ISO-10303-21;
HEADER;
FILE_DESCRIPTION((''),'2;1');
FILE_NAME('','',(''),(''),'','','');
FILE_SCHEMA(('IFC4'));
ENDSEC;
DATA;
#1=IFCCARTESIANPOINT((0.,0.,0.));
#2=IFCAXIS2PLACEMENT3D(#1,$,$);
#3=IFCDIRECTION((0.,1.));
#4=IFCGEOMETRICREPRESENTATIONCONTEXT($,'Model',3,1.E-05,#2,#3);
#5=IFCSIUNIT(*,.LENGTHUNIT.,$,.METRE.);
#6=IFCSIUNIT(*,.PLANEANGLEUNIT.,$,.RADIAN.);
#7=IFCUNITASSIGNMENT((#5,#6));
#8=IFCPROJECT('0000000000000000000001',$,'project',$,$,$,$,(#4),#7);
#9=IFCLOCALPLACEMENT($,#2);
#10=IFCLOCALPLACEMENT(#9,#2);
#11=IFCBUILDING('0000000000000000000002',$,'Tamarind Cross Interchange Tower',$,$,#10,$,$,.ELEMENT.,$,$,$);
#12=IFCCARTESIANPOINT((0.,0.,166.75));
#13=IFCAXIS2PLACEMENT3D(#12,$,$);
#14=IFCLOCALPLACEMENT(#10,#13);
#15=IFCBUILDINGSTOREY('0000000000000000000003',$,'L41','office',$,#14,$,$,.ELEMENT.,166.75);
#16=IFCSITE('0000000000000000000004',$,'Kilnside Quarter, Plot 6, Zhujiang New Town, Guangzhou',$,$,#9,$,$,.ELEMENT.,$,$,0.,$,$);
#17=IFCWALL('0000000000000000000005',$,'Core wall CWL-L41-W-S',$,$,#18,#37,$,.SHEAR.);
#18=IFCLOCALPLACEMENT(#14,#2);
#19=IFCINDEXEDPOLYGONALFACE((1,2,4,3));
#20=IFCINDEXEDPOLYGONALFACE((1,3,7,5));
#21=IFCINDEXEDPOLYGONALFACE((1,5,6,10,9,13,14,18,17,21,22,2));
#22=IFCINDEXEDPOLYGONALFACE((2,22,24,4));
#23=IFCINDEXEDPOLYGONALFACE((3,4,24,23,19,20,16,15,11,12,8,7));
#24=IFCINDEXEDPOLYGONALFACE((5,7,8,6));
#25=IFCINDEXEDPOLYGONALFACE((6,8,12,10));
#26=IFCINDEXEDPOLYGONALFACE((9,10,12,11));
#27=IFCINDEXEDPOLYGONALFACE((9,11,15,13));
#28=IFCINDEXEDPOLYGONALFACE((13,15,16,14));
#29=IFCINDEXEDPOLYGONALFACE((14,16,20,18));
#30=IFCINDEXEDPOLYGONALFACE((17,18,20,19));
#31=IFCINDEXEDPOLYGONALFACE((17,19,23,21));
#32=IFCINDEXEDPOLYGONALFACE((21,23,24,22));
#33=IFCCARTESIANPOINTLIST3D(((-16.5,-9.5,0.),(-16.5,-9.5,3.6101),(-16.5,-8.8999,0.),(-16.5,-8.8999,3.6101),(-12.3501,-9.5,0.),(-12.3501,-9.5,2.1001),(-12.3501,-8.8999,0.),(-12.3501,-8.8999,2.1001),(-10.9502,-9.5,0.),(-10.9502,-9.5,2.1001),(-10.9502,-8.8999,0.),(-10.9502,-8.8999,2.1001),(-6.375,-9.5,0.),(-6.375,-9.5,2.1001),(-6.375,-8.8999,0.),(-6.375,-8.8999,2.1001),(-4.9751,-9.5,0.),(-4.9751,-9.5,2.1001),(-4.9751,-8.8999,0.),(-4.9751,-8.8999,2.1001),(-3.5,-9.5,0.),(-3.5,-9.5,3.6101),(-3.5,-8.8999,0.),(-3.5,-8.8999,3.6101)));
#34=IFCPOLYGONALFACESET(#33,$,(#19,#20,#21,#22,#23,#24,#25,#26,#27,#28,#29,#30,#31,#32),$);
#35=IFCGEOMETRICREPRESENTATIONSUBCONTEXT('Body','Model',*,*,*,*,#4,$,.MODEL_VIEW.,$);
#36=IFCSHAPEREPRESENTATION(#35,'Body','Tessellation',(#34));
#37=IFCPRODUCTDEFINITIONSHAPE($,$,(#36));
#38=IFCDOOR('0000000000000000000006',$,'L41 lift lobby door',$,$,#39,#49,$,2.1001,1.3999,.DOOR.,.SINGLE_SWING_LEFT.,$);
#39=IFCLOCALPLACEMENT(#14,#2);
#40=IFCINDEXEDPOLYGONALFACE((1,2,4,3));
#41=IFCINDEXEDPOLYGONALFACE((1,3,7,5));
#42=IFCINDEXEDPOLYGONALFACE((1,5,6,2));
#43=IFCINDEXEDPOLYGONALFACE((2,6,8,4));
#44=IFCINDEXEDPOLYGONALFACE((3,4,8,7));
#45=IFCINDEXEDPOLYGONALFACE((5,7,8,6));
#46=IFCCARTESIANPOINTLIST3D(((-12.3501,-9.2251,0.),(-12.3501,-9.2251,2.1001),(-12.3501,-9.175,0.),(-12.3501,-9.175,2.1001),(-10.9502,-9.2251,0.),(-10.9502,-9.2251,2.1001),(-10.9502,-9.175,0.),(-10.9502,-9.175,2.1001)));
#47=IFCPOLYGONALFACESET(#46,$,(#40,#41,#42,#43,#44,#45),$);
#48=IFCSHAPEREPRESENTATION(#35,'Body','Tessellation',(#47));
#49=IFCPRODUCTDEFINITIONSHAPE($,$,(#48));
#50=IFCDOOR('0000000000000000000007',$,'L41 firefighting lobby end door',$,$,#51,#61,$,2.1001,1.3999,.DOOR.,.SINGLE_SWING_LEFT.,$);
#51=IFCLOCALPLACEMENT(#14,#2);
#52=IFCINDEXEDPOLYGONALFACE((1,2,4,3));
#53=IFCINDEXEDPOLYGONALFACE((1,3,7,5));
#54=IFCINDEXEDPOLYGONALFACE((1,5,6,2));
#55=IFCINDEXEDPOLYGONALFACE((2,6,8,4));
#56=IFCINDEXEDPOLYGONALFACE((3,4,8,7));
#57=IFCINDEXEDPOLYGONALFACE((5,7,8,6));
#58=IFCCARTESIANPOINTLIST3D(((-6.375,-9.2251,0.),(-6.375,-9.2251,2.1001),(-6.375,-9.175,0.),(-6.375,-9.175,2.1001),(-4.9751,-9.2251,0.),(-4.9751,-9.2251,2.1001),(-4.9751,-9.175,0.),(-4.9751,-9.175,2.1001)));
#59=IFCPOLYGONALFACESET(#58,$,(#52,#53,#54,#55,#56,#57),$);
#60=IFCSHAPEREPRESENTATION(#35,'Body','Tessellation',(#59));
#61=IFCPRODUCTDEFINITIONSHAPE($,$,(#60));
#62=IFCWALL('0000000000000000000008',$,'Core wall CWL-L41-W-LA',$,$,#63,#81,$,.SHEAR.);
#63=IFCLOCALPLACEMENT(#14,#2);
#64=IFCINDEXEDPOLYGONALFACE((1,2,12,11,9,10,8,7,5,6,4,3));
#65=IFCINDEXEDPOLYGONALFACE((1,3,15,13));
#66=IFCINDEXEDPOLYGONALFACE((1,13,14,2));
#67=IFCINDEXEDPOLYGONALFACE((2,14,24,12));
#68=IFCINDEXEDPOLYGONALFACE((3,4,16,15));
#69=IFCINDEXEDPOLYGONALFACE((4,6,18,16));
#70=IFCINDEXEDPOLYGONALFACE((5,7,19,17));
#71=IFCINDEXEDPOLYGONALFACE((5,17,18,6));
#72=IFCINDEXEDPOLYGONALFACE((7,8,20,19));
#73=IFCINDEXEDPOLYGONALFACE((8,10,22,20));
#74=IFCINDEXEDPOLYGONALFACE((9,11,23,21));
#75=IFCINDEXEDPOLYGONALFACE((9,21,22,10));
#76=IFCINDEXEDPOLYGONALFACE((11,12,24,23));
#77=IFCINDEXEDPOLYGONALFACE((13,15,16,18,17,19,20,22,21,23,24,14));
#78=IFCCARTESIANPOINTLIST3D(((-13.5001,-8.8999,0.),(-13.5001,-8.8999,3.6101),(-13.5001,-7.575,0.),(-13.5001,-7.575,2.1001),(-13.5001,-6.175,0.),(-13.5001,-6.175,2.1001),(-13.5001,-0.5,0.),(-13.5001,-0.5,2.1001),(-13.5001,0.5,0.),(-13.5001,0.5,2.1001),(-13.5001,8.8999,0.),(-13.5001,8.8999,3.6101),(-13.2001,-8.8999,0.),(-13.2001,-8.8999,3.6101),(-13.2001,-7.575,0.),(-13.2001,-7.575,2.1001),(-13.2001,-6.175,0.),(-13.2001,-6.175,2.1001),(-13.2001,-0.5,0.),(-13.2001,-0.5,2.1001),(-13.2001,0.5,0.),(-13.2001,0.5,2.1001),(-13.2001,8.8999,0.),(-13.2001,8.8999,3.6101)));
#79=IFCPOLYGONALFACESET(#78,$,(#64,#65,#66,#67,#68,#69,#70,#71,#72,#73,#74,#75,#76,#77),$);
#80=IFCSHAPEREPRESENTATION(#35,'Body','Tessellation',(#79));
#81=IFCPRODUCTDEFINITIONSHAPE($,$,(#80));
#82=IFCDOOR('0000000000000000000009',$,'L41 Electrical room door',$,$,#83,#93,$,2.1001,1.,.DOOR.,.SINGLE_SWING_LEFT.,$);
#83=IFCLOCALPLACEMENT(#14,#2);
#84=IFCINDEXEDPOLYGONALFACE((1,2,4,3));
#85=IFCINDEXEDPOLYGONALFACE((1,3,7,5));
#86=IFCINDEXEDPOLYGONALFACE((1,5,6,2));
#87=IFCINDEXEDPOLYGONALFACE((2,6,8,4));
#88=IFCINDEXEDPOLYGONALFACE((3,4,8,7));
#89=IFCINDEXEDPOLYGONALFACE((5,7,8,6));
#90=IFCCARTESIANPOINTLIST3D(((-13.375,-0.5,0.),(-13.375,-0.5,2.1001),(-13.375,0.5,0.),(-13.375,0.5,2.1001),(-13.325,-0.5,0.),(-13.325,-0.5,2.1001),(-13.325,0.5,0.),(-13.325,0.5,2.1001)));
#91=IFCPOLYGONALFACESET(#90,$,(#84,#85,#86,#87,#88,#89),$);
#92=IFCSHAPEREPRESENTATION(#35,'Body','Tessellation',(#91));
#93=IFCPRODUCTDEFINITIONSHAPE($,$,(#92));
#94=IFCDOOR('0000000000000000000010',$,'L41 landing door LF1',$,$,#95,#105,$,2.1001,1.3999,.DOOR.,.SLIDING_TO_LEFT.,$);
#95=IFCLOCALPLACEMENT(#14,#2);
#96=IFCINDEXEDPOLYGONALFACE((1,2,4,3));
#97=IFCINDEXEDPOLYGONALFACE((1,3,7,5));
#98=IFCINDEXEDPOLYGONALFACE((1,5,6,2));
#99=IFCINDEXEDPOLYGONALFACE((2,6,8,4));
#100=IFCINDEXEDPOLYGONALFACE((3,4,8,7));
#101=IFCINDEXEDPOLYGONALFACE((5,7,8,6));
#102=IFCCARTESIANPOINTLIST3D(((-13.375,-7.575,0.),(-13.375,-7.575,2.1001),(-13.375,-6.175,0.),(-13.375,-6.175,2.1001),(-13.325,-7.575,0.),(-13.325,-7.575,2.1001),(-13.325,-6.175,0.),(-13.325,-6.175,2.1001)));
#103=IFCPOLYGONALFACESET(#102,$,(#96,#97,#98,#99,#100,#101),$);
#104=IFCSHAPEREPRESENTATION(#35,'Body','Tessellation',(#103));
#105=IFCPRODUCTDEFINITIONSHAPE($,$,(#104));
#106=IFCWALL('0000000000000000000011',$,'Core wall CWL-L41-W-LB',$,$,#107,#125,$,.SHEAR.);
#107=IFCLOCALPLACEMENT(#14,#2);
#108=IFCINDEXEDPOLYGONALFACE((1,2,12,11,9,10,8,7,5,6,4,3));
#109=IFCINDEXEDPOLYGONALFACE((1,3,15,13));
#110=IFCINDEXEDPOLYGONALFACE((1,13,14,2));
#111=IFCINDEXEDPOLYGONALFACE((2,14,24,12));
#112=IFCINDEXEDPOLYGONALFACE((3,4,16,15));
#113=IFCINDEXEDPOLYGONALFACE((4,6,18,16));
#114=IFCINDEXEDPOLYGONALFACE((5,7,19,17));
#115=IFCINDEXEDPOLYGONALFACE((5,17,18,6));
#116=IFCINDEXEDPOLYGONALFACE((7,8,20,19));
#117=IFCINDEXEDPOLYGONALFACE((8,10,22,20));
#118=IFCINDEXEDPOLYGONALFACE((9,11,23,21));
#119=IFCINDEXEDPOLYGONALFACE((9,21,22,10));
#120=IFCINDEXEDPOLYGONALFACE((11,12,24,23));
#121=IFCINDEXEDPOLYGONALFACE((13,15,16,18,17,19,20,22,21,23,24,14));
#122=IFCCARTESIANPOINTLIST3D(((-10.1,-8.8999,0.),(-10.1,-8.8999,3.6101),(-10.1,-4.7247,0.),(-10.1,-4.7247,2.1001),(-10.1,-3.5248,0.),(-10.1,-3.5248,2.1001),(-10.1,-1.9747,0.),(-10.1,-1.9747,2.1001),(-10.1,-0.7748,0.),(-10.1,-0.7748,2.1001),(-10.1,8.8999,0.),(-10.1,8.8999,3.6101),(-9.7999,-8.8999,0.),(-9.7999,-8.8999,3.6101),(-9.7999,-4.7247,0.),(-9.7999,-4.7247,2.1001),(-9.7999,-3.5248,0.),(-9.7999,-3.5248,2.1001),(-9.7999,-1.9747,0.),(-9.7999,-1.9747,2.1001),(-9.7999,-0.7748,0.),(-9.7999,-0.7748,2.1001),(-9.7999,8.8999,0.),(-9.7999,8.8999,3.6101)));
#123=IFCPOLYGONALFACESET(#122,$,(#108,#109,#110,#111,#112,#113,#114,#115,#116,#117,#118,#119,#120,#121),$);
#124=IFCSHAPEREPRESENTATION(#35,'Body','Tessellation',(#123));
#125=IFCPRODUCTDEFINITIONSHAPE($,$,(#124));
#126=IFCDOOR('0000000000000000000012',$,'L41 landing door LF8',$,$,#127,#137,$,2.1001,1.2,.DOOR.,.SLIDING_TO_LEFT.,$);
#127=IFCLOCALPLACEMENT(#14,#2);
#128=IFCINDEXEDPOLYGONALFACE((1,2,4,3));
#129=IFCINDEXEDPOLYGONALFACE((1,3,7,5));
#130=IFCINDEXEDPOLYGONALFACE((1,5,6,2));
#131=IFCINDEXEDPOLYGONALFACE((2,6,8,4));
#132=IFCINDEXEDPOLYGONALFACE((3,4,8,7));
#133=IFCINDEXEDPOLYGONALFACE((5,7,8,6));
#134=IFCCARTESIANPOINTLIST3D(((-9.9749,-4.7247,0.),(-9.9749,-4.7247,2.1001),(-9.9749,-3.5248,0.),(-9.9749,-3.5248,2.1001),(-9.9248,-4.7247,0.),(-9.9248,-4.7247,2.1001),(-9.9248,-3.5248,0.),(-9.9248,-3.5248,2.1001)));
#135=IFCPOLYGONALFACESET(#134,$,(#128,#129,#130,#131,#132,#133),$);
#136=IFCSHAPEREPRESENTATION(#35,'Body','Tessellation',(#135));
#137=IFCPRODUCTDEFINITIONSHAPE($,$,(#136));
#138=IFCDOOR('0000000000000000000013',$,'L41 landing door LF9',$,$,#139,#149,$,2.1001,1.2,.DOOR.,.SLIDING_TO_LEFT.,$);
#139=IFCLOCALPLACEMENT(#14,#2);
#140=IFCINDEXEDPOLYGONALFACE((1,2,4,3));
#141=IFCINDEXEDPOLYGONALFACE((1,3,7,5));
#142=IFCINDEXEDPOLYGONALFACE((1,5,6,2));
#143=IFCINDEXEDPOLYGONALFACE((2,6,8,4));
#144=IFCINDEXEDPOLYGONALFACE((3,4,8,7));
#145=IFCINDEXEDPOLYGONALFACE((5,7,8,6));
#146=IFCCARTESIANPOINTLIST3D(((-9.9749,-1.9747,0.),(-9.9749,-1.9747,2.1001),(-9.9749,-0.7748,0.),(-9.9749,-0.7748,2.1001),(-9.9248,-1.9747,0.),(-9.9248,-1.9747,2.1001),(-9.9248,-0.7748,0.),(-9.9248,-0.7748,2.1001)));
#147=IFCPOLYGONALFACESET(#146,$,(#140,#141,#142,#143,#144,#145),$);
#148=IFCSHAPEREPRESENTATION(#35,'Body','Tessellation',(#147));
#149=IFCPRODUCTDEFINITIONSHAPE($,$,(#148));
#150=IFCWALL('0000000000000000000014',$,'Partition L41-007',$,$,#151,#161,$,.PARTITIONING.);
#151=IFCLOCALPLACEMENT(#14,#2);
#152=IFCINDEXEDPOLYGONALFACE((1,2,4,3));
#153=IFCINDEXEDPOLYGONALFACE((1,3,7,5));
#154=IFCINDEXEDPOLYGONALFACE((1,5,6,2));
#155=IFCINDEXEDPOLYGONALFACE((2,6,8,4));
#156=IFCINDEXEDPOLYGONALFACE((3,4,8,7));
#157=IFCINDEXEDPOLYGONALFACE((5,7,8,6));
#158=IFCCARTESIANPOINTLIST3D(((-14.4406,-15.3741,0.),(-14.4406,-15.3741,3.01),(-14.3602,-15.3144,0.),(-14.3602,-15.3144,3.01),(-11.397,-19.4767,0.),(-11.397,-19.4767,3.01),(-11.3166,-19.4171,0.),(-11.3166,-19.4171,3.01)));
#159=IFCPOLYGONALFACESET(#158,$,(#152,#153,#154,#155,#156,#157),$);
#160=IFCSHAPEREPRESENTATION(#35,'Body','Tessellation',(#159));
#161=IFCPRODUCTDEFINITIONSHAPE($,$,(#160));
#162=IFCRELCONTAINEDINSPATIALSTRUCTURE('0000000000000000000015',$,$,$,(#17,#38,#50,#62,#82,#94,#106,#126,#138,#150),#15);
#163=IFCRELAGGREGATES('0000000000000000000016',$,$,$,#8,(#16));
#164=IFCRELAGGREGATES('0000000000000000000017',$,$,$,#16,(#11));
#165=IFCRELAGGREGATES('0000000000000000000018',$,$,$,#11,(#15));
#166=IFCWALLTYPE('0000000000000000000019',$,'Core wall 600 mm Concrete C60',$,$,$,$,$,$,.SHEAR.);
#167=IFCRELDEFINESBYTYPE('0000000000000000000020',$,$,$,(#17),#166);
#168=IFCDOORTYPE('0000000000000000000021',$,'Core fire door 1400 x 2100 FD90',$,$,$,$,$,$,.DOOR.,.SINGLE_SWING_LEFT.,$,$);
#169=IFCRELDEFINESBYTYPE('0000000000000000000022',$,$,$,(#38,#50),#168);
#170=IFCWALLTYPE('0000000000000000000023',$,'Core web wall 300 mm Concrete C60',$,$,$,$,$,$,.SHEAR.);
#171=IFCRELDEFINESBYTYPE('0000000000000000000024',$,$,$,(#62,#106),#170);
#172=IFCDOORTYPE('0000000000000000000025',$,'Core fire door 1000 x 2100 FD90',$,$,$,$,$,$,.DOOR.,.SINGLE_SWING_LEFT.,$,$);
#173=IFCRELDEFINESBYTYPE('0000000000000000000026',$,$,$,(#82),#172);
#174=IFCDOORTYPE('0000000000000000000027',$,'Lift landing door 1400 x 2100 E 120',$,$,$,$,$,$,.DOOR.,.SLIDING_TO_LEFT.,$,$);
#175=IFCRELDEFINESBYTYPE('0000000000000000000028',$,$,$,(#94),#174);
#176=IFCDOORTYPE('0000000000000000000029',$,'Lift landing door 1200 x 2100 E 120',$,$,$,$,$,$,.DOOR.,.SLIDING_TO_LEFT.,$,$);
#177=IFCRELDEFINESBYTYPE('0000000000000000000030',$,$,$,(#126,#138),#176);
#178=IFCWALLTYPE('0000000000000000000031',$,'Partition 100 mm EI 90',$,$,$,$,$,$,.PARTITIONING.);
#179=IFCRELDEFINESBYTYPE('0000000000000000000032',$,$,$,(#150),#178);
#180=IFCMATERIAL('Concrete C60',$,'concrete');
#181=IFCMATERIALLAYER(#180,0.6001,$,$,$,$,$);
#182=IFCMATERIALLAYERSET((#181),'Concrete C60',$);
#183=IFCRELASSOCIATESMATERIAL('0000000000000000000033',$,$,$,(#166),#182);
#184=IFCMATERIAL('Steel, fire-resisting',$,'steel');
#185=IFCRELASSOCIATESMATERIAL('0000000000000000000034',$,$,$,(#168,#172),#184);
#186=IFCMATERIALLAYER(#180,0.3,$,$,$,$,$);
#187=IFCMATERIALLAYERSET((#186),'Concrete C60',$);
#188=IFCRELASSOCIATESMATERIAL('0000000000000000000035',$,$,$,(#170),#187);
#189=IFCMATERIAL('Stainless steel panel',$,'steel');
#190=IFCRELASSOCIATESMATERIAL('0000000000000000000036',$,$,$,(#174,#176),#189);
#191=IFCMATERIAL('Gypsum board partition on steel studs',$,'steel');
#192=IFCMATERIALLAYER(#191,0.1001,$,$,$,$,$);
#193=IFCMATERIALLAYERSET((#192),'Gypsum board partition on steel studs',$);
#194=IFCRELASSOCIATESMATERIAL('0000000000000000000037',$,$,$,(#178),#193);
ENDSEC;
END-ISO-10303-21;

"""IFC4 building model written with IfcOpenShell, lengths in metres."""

from ifc_helpers import new_model, si_unit, direction, frame, frame_2d, origin, place, context, subcontext, project, spatial, rectangle, extrude, material, layer, layer_set, type_object, element, fill, save


model = new_model("IFC4")

# Units and contexts
model_context = context("Model", 3, precision=1e-05, world=origin(), true_north=direction((0.0, 1.0)))
body_context = subcontext(model_context, "Body", "Model", "MODEL_VIEW")
ifc_project = project(units=[si_unit("LENGTHUNIT", "METRE"), si_unit("PLANEANGLEUNIT", "RADIAN")], contexts=[model_context])

# Site, building, storey
site_placement = place(None, origin())
site = spatial("IfcSite", under=ifc_project, at=site_placement, Name="Kilnside Quarter, Plot 6, Zhujiang New Town, Guangzhou", CompositionType="ELEMENT", RefElevation=0.0)
building_placement = place(site_placement, origin())
building = spatial("IfcBuilding", under=site, at=building_placement, Name="Tamarind Cross Interchange Tower", CompositionType="ELEMENT")
storey_placement = place(building_placement, frame((0.0, 0.0, 166.75)))
storey = spatial("IfcBuildingStorey", under=building, at=storey_placement, Name="L41", Description="office", CompositionType="ELEMENT", Elevation=166.75)

# Shared definitions
ifc_material_1 = material(Name="Concrete C60", Category="concrete")

# Walls, openings, doors
ifc_layer_1 = layer(ifc_material_1, 0.6001)
ifc_layer_set_1 = layer_set([ifc_layer_1], Name="Concrete C60")
wall_type_1 = type_object("IfcWallType", Name="Core wall 600 mm Concrete C60", PredefinedType="SHEAR", material=ifc_layer_set_1)
wall_1_placement = place(storey_placement, frame((-16.5, -9.2, 0.0), z_axis=(0.0, 0.0, 1.0), x_axis=(1.0, 0.0, 0.0)))
wall_1 = element("IfcWall", 1, at=wall_1_placement, inside=storey, type_object=wall_type_1, Name="Core wall CWL-L41-W-S", PredefinedType="SHEAR", context=body_context, shape_type="SweptSolid", body=[
    extrude(rectangle(XDim=13.0, YDim=0.6001, at=frame_2d((6.5, 0.0))), origin(), (0.0, 0.0, 1.0), 3.6101),
])
opening_1_placement = place(wall_1_placement, frame((4.1499, 0.0, 0.0)))
opening_1 = element("IfcOpeningElement", 2, at=opening_1_placement, cuts=wall_1, PredefinedType="OPENING", context=body_context, shape_type="SweptSolid", body=[
    extrude(rectangle(XDim=1.3999, YDim=2.1001, at=frame_2d((0.7, 1.05))), frame((0.0, 0.3101, 0.0), z_axis=(0.0, -1.0, 0.0), x_axis=(1.0, 0.0, 0.0)), (0.0, 0.0, 1.0), 0.6201),
])
opening_2_placement = place(wall_1_placement, frame((10.125, 0.0, 0.0)))
opening_2 = element("IfcOpeningElement", 3, at=opening_2_placement, cuts=wall_1, PredefinedType="OPENING", context=body_context, shape_type="SweptSolid", body=[
    extrude(rectangle(XDim=1.3999, YDim=2.1001, at=frame_2d((0.7, 1.05))), frame((0.0, 0.3101, 0.0), z_axis=(0.0, -1.0, 0.0), x_axis=(1.0, 0.0, 0.0)), (0.0, 0.0, 1.0), 0.6201),
])
ifc_material_2 = material(Name="Steel, fire-resisting", Category="steel")
door_type_1 = type_object("IfcDoorType", Name="Core fire door 1400 x 2100 FD90", OperationType="SINGLE_SWING_LEFT", PredefinedType="DOOR", material=ifc_material_2)
door_1_placement = place(opening_1_placement, origin())
door_1 = element("IfcDoor", 4, at=door_1_placement, inside=storey, type_object=door_type_1, Name="L41 lift lobby door", OperationType="SINGLE_SWING_LEFT", OverallHeight=2.1001, OverallWidth=1.3999, PredefinedType="DOOR", context=body_context, shape_type="SweptSolid", body=[
    extrude(rectangle(XDim=1.3999, YDim=2.1001, at=frame_2d((0.7, 1.05))), frame((0.0, 0.0249, 0.0), z_axis=(0.0, -1.0, 0.0), x_axis=(1.0, 0.0, 0.0)), (0.0, 0.0, 1.0), 0.05),
])
fill(opening_1, door_1)
door_2_placement = place(opening_2_placement, origin())
door_2 = element("IfcDoor", 5, at=door_2_placement, inside=storey, type_object=door_type_1, Name="L41 firefighting lobby end door", OperationType="SINGLE_SWING_LEFT", OverallHeight=2.1001, OverallWidth=1.3999, PredefinedType="DOOR", context=body_context, shape_type="SweptSolid", body=[
    extrude(rectangle(XDim=1.3999, YDim=2.1001, at=frame_2d((0.7, 1.05))), frame((0.0, 0.0249, 0.0), z_axis=(0.0, -1.0, 0.0), x_axis=(1.0, 0.0, 0.0)), (0.0, 0.0, 1.0), 0.05),
])
fill(opening_2, door_2)
ifc_layer_2 = layer(ifc_material_1, 0.3)
ifc_layer_set_2 = layer_set([ifc_layer_2], Name="Concrete C60")
wall_type_2 = type_object("IfcWallType", Name="Core web wall 300 mm Concrete C60", PredefinedType="SHEAR", material=ifc_layer_set_2)
wall_2_placement = place(storey_placement, frame((-13.3501, -8.8999, 0.0), z_axis=(0.0, 0.0, 1.0), x_axis=(0.0, 1.0, 0.0)))
wall_2 = element("IfcWall", 6, at=wall_2_placement, inside=storey, type_object=wall_type_2, Name="Core wall CWL-L41-W-LA", PredefinedType="SHEAR", context=body_context, shape_type="SweptSolid", body=[
    extrude(rectangle(XDim=17.7998, YDim=0.3, at=frame_2d((8.8999, 0.0))), origin(), (0.0, 0.0, 1.0), 3.6101),
])
opening_3_placement = place(wall_2_placement, frame((1.325, 0.0, 0.0)))
opening_3 = element("IfcOpeningElement", 7, at=opening_3_placement, cuts=wall_2, PredefinedType="OPENING", context=body_context, shape_type="SweptSolid", body=[
    extrude(rectangle(XDim=1.3999, YDim=2.1001, at=frame_2d((0.7, 1.05))), frame((0.0, 0.1599, 0.0), z_axis=(0.0, -1.0, 0.0), x_axis=(1.0, 0.0, 0.0)), (0.0, 0.0, 1.0), 0.3201),
])
opening_4_placement = place(wall_2_placement, frame((8.3999, 0.0, 0.0)))
opening_4 = element("IfcOpeningElement", 8, at=opening_4_placement, cuts=wall_2, PredefinedType="OPENING", context=body_context, shape_type="SweptSolid", body=[
    extrude(rectangle(XDim=1.0, YDim=2.1001, at=frame_2d((0.5, 1.05))), frame((0.0, 0.1599, 0.0), z_axis=(0.0, -1.0, 0.0), x_axis=(1.0, 0.0, 0.0)), (0.0, 0.0, 1.0), 0.3201),
])
door_type_2 = type_object("IfcDoorType", Name="Core fire door 1000 x 2100 FD90", OperationType="SINGLE_SWING_LEFT", PredefinedType="DOOR", material=ifc_material_2)
door_3_placement = place(opening_4_placement, origin())
door_3 = element("IfcDoor", 9, at=door_3_placement, inside=storey, type_object=door_type_2, Name="L41 Electrical room door", OperationType="SINGLE_SWING_LEFT", OverallHeight=2.1001, OverallWidth=1.0, PredefinedType="DOOR", context=body_context, shape_type="SweptSolid", body=[
    extrude(rectangle(XDim=1.0, YDim=2.1001, at=frame_2d((0.5, 1.05))), frame((0.0, 0.0249, 0.0), z_axis=(0.0, -1.0, 0.0), x_axis=(1.0, 0.0, 0.0)), (0.0, 0.0, 1.0), 0.05),
])
fill(opening_4, door_3)
ifc_material_3 = material(Name="Stainless steel panel", Category="steel")
door_type_3 = type_object("IfcDoorType", Name="Lift landing door 1400 x 2100 E 120", OperationType="SLIDING_TO_LEFT", PredefinedType="DOOR", material=ifc_material_3)
door_4_placement = place(opening_3_placement, origin())
door_4 = element("IfcDoor", 10, at=door_4_placement, inside=storey, type_object=door_type_3, Name="L41 landing door LF1", OperationType="SLIDING_TO_LEFT", OverallHeight=2.1001, OverallWidth=1.3999, PredefinedType="DOOR", context=body_context, shape_type="SweptSolid", body=[
    extrude(rectangle(XDim=1.3999, YDim=2.1001, at=frame_2d((0.7, 1.05))), frame((0.0, 0.0249, 0.0), z_axis=(0.0, -1.0, 0.0), x_axis=(1.0, 0.0, 0.0)), (0.0, 0.0, 1.0), 0.05),
])
fill(opening_3, door_4)
wall_3_placement = place(storey_placement, frame((-9.95, -8.8999, 0.0), z_axis=(0.0, 0.0, 1.0), x_axis=(0.0, 1.0, 0.0)))
wall_3 = element("IfcWall", 11, at=wall_3_placement, inside=storey, type_object=wall_type_2, Name="Core wall CWL-L41-W-LB", PredefinedType="SHEAR", context=body_context, shape_type="SweptSolid", body=[
    extrude(rectangle(XDim=17.7998, YDim=0.3, at=frame_2d((8.8999, 0.0))), origin(), (0.0, 0.0, 1.0), 3.6101),
])
opening_5_placement = place(wall_3_placement, frame((4.175, 0.0, 0.0)))
opening_5 = element("IfcOpeningElement", 12, at=opening_5_placement, cuts=wall_3, PredefinedType="OPENING", context=body_context, shape_type="SweptSolid", body=[
    extrude(rectangle(XDim=1.2, YDim=2.1001, at=frame_2d((0.6001, 1.05))), frame((0.0, 0.1599, 0.0), z_axis=(0.0, -1.0, 0.0), x_axis=(1.0, 0.0, 0.0)), (0.0, 0.0, 1.0), 0.3201),
])
opening_6_placement = place(wall_3_placement, frame((6.925, 0.0, 0.0)))
opening_6 = element("IfcOpeningElement", 13, at=opening_6_placement, cuts=wall_3, PredefinedType="OPENING", context=body_context, shape_type="SweptSolid", body=[
    extrude(rectangle(XDim=1.2, YDim=2.1001, at=frame_2d((0.6001, 1.05))), frame((0.0, 0.1599, 0.0), z_axis=(0.0, -1.0, 0.0), x_axis=(1.0, 0.0, 0.0)), (0.0, 0.0, 1.0), 0.3201),
])
door_type_4 = type_object("IfcDoorType", Name="Lift landing door 1200 x 2100 E 120", OperationType="SLIDING_TO_LEFT", PredefinedType="DOOR", material=ifc_material_3)
door_5_placement = place(opening_5_placement, origin())
door_5 = element("IfcDoor", 14, at=door_5_placement, inside=storey, type_object=door_type_4, Name="L41 landing door LF8", OperationType="SLIDING_TO_LEFT", OverallHeight=2.1001, OverallWidth=1.2, PredefinedType="DOOR", context=body_context, shape_type="SweptSolid", body=[
    extrude(rectangle(XDim=1.2, YDim=2.1001, at=frame_2d((0.6001, 1.05))), frame((0.0, 0.0249, 0.0), z_axis=(0.0, -1.0, 0.0), x_axis=(1.0, 0.0, 0.0)), (0.0, 0.0, 1.0), 0.05),
])
fill(opening_5, door_5)
door_6_placement = place(opening_6_placement, origin())
door_6 = element("IfcDoor", 15, at=door_6_placement, inside=storey, type_object=door_type_4, Name="L41 landing door LF9", OperationType="SLIDING_TO_LEFT", OverallHeight=2.1001, OverallWidth=1.2, PredefinedType="DOOR", context=body_context, shape_type="SweptSolid", body=[
    extrude(rectangle(XDim=1.2, YDim=2.1001, at=frame_2d((0.6001, 1.05))), frame((0.0, 0.0249, 0.0), z_axis=(0.0, -1.0, 0.0), x_axis=(1.0, 0.0, 0.0)), (0.0, 0.0, 1.0), 0.05),
])
fill(opening_6, door_6)

# Wall
ifc_material_4 = material(Name="Gypsum board partition on steel studs", Category="steel")
ifc_layer_3 = layer(ifc_material_4, 0.1001)
ifc_layer_set_3 = layer_set([ifc_layer_3], Name="Gypsum board partition on steel studs")
wall_type_3 = type_object("IfcWallType", Name="Partition 100 mm EI 90", PredefinedType="PARTITIONING", material=ifc_layer_set_3)
wall_4_placement = place(storey_placement, frame((-14.4004, -15.3442, 0.0), z_axis=(0.0, 0.0, 1.0), x_axis=(0.595809, -0.803126, 0.0)))
element("IfcWall", 16, at=wall_4_placement, inside=storey, type_object=wall_type_3, Name="Partition L41-007", PredefinedType="PARTITIONING", context=body_context, shape_type="SweptSolid", body=[
    extrude(rectangle(XDim=5.1084, YDim=0.1001, at=frame_2d((2.5542, 0.0))), origin(), (0.0, 0.0, 1.0), 3.01),
])

save(model, "model.ifc")
